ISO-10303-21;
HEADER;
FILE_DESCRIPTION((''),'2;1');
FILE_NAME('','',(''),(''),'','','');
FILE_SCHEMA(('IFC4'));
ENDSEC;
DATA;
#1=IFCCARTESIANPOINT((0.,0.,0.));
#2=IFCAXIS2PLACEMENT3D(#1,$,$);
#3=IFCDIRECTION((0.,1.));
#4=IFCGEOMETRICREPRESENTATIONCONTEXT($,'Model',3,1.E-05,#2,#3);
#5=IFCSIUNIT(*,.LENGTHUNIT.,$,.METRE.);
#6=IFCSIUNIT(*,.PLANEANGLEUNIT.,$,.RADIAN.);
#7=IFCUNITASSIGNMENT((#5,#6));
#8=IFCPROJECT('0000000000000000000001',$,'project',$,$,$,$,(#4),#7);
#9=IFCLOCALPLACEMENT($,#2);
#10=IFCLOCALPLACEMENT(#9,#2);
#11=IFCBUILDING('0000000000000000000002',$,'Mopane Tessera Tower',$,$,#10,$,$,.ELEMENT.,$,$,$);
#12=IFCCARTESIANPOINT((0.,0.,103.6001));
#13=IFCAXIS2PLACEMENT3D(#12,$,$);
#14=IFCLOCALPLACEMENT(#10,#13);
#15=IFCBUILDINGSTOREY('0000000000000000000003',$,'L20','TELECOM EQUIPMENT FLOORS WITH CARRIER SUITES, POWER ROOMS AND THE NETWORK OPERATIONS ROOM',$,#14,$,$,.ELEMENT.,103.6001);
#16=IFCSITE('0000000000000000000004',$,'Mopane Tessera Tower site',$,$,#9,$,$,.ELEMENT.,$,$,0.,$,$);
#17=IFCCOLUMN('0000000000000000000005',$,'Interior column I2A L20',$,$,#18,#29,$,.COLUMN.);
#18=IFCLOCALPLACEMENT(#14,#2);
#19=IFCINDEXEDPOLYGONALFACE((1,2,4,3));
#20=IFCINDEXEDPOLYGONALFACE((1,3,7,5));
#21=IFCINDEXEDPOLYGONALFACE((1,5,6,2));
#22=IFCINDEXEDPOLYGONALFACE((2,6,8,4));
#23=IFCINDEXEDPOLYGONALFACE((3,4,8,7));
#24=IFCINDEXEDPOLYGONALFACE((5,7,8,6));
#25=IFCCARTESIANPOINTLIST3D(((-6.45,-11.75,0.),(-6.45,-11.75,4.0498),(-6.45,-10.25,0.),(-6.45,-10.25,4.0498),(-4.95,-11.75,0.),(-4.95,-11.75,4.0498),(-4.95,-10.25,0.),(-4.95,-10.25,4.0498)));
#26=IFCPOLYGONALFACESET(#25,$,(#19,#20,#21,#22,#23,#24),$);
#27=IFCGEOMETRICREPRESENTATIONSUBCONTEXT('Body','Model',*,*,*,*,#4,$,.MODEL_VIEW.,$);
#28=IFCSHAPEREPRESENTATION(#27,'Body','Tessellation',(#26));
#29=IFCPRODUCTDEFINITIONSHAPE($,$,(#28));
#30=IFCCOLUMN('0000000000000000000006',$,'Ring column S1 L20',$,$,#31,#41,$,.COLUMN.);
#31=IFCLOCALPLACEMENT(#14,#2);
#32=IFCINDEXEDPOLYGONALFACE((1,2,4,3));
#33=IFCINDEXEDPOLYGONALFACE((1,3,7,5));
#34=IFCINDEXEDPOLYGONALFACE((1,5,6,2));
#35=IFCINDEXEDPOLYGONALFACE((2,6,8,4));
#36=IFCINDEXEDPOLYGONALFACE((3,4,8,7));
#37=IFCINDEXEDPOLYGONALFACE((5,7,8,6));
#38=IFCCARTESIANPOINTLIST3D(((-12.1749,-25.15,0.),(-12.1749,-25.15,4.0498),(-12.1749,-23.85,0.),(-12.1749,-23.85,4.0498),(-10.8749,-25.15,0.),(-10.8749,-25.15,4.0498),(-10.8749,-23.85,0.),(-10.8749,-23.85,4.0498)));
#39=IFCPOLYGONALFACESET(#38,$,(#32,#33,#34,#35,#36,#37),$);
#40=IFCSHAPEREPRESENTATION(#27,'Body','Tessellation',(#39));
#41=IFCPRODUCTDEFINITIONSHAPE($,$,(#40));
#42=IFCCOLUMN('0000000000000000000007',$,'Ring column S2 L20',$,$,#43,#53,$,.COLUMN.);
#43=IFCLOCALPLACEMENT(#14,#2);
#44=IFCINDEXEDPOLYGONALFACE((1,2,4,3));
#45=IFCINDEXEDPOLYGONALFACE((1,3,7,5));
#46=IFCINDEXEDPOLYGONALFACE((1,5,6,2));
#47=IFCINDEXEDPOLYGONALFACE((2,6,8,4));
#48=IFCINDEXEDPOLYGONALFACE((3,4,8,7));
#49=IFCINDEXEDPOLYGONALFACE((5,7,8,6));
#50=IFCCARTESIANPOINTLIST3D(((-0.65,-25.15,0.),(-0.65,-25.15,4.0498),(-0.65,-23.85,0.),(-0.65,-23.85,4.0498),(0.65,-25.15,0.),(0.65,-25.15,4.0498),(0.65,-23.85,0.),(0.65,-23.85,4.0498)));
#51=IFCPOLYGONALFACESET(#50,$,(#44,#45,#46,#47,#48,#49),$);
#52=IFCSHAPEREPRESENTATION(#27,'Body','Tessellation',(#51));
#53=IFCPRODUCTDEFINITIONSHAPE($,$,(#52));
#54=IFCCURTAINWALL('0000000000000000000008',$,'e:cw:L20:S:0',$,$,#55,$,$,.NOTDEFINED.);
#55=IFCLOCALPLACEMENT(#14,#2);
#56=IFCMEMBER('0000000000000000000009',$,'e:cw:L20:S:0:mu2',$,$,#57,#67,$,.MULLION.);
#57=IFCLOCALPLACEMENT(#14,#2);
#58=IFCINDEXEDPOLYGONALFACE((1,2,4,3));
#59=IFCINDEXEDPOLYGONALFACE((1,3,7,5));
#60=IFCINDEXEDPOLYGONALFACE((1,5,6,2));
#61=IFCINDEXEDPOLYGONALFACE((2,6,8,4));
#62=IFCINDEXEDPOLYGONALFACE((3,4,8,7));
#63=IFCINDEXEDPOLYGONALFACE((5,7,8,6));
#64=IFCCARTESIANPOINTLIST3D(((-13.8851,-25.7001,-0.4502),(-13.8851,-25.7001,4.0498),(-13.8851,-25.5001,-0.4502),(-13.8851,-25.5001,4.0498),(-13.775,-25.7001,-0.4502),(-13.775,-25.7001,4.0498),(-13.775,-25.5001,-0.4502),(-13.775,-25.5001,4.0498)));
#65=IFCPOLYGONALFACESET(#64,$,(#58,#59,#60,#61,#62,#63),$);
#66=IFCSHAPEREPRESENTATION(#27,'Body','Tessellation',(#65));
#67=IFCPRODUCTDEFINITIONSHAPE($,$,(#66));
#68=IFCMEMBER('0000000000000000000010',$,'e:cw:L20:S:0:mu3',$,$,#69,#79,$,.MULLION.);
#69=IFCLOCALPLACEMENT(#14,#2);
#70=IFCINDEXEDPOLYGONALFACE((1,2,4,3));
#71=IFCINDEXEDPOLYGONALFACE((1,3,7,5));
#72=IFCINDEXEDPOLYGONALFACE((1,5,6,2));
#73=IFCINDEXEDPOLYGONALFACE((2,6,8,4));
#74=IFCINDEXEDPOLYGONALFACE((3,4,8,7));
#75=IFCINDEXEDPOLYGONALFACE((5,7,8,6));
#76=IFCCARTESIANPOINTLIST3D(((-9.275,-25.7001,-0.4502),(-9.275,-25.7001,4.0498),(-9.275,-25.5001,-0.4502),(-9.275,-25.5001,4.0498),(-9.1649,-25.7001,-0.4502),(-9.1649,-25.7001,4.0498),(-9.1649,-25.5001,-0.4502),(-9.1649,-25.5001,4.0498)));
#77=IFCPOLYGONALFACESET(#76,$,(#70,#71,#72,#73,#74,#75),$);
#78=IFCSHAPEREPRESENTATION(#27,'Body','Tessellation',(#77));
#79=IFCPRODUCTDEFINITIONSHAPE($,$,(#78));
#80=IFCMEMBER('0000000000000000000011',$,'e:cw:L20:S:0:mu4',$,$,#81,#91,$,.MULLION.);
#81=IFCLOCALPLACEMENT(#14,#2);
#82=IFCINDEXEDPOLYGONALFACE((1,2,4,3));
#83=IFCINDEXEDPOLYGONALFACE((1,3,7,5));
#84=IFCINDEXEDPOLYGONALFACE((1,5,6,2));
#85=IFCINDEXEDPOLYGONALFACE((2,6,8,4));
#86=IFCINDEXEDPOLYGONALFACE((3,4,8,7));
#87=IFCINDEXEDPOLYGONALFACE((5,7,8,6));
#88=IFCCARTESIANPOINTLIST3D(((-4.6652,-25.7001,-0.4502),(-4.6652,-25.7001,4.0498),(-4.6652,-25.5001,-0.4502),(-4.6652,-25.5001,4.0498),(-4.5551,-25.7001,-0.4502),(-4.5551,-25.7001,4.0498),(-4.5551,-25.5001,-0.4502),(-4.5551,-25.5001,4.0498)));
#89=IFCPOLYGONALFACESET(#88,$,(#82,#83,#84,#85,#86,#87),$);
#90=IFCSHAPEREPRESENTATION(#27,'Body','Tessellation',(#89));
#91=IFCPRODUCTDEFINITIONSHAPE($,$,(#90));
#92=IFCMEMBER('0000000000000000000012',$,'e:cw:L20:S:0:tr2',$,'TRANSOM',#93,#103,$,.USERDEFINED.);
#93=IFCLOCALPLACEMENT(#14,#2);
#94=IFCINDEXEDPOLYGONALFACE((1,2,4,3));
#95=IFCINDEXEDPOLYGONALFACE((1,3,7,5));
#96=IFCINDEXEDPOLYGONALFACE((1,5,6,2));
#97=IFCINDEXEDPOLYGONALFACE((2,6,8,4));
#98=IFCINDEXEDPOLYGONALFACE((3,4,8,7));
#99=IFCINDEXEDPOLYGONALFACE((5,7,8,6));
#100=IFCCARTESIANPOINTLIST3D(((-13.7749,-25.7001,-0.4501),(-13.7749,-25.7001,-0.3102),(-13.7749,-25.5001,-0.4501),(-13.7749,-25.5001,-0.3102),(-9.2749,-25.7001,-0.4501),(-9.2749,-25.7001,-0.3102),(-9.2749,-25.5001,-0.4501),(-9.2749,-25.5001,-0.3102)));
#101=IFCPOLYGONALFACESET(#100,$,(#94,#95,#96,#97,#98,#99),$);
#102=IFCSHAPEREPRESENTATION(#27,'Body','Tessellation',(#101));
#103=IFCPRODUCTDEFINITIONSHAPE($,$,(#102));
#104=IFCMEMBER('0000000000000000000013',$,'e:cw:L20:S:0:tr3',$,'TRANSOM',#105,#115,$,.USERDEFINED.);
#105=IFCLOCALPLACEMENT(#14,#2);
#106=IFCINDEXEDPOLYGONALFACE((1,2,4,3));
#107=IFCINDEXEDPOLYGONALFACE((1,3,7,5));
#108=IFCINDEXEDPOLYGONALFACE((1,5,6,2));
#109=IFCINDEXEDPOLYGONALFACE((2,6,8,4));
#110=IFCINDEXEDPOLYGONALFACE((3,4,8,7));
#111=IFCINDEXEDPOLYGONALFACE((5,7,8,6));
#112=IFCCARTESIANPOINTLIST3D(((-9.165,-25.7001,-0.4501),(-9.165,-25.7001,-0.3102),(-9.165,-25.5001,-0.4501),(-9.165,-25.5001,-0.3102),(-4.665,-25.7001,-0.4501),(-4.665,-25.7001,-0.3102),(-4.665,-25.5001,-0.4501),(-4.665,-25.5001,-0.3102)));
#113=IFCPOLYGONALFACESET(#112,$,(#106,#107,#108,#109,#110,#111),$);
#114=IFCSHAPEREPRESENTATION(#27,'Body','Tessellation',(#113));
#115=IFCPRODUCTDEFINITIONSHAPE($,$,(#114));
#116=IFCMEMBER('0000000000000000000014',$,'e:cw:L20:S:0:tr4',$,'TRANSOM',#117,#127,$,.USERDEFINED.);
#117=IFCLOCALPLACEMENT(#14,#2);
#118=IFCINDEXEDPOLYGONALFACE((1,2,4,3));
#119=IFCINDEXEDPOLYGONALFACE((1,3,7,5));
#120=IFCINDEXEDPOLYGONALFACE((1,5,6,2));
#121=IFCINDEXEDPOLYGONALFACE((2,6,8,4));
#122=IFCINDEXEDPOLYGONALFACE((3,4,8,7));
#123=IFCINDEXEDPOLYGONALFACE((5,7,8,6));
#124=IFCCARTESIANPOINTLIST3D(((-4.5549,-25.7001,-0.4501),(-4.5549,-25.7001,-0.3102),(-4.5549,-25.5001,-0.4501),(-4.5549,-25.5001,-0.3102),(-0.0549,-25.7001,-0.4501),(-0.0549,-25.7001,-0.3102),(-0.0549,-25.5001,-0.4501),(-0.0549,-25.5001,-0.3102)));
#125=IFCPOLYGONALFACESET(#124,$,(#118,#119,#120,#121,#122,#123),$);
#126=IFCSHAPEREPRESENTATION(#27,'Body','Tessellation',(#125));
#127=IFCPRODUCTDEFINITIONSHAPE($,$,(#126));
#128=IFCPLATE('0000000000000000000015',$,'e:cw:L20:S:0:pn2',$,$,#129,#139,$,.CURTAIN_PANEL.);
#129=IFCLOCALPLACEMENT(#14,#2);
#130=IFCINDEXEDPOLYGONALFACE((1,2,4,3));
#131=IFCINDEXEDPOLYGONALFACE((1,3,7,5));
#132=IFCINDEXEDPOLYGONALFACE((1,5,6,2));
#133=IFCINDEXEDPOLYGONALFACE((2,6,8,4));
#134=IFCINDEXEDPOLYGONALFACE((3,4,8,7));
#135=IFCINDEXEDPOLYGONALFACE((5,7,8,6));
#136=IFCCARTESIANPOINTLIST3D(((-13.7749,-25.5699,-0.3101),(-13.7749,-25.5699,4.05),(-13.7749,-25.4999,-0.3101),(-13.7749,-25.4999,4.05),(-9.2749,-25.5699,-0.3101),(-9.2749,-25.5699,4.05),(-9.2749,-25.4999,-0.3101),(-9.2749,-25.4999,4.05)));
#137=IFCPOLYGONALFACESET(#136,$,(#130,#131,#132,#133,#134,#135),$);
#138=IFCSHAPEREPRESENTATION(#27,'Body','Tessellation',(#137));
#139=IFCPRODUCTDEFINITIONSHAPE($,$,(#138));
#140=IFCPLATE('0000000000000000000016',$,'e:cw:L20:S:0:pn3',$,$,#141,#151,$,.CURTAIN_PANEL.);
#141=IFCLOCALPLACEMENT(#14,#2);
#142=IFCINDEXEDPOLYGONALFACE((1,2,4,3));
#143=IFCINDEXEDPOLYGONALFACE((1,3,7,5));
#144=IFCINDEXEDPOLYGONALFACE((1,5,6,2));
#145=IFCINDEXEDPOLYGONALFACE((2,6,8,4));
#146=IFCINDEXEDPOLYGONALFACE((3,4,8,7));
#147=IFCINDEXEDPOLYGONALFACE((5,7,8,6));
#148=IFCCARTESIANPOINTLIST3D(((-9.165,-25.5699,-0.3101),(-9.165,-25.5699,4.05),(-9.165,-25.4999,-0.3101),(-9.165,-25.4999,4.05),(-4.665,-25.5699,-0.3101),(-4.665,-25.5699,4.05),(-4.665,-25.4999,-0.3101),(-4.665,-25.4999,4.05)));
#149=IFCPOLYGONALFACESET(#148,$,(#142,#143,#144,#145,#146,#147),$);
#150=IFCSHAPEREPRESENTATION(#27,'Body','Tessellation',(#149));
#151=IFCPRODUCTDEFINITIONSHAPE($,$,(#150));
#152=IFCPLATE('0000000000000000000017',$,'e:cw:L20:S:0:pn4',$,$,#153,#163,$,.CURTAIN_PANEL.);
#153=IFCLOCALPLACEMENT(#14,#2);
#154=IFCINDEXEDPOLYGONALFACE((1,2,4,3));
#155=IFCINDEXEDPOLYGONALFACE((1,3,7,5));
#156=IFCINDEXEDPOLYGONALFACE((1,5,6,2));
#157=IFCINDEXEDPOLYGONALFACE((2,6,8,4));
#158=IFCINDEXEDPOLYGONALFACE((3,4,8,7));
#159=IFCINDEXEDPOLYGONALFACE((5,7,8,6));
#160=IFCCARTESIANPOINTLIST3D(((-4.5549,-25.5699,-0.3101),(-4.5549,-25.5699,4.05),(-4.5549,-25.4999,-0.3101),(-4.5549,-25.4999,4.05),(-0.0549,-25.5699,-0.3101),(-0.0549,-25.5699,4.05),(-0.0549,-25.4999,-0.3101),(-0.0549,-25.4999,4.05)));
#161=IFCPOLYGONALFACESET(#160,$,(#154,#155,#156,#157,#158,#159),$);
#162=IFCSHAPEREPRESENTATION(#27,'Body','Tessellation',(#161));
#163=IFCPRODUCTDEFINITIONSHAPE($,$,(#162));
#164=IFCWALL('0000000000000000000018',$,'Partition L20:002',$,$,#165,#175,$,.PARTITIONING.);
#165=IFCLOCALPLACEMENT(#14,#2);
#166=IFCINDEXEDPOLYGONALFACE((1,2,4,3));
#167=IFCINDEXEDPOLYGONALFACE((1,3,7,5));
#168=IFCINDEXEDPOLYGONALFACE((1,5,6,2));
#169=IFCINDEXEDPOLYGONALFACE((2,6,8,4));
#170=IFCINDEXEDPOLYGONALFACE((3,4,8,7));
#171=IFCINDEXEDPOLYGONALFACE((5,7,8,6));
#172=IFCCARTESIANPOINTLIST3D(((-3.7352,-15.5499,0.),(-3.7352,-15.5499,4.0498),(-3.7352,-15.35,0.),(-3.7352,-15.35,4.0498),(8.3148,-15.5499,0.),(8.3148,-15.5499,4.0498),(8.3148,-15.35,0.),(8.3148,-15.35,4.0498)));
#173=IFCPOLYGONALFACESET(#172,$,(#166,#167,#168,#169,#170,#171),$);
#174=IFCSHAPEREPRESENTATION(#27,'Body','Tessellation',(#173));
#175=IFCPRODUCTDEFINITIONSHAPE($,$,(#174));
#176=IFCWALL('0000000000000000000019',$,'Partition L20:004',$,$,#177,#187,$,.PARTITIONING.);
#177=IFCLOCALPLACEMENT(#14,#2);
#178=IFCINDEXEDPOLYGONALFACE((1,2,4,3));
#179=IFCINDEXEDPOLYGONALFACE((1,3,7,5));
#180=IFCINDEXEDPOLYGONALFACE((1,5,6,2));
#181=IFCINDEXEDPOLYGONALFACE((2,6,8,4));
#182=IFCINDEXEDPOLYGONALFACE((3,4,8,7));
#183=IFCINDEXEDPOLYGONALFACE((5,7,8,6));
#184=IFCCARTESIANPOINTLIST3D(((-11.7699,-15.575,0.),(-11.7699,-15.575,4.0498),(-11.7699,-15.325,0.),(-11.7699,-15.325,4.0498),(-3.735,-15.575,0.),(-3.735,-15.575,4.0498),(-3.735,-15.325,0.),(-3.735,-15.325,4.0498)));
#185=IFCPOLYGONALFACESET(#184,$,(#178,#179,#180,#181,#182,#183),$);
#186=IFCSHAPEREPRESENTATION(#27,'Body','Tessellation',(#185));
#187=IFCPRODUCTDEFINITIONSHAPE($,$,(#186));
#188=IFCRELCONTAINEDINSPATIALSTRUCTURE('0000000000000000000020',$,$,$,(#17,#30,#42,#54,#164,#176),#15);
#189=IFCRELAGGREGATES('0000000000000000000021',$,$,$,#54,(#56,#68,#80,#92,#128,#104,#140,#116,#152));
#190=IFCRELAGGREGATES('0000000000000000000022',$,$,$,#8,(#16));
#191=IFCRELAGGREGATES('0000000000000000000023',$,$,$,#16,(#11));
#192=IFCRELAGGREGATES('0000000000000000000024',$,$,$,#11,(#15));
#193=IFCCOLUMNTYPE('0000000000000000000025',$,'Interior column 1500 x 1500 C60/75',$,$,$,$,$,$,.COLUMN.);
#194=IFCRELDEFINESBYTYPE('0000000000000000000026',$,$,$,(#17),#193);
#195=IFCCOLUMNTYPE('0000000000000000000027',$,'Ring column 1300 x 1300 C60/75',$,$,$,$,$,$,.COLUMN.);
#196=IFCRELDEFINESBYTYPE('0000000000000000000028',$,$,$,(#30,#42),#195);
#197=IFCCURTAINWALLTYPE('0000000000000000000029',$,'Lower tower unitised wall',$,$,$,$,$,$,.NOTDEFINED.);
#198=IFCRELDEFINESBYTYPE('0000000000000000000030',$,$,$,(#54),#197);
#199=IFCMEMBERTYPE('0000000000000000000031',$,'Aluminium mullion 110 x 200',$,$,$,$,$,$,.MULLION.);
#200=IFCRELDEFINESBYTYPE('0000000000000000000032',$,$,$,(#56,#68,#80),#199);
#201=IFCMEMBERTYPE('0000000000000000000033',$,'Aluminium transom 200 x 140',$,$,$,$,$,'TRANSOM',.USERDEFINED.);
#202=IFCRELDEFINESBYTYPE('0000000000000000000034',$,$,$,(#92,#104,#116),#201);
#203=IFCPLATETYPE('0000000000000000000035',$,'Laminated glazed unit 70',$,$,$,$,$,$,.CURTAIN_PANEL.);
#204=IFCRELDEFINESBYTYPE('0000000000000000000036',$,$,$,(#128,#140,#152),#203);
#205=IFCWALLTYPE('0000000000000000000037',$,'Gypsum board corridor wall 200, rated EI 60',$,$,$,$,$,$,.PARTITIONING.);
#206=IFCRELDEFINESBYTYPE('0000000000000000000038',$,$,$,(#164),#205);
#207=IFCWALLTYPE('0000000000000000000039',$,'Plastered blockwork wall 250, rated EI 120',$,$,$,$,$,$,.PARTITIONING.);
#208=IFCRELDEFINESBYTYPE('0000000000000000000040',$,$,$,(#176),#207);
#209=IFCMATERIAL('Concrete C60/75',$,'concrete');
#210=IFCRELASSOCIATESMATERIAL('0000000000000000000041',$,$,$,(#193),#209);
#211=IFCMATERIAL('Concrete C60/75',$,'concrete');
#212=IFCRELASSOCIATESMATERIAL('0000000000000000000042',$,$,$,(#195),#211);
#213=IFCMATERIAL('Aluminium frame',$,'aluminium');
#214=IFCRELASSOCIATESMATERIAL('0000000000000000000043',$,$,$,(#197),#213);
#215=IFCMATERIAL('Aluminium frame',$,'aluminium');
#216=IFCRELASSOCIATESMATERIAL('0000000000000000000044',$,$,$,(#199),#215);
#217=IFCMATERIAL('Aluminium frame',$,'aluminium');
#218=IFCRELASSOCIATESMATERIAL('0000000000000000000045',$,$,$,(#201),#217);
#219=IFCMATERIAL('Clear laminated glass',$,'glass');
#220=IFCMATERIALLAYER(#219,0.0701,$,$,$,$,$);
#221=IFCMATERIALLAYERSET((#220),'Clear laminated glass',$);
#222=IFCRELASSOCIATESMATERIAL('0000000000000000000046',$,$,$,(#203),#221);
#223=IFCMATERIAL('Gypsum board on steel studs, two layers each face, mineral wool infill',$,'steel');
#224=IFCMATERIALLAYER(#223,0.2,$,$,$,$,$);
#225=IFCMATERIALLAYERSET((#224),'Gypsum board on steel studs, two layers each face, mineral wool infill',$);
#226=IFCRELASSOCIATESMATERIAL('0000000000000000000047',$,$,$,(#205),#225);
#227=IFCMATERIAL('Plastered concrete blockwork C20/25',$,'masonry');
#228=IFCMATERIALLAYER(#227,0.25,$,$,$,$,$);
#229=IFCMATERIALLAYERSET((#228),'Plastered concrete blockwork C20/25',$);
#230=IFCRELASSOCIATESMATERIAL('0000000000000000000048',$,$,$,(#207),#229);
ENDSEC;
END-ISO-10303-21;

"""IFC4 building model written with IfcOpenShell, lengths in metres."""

from ifc_helpers import new_model, si_unit, direction, frame, frame_2d, origin, origin_2d, place, context, subcontext, project, spatial, rectangle, extrude, material, layer, layer_set, material_profile, profile_set, type_object, element, aggregate, save


model = new_model("IFC4")

# Units and contexts
model_context = context("Model", 3, precision=1e-05, world=origin(), true_north=direction((0.0, 1.0)))
body_context = subcontext(model_context, "Body", "Model", "MODEL_VIEW")
ifc_project = project(units=[si_unit("LENGTHUNIT", "METRE"), si_unit("PLANEANGLEUNIT", "RADIAN")], contexts=[model_context])

# Site, building, storey
site_placement = place(None, origin())
site = spatial("IfcSite", under=ifc_project, at=site_placement, Name="Mopane Tessera Tower site", CompositionType="ELEMENT", RefElevation=0.0)
building_placement = place(site_placement, origin())
building = spatial("IfcBuilding", under=site, at=building_placement, Name="Mopane Tessera Tower", CompositionType="ELEMENT")
storey_placement = place(building_placement, frame((0.0, 0.0, 103.6001)))
storey = spatial("IfcBuildingStorey", under=building, at=storey_placement, Name="L20", Description="TELECOM EQUIPMENT FLOORS WITH CARRIER SUITES, POWER ROOMS AND THE NETWORK OPERATIONS ROOM", CompositionType="ELEMENT", Elevation=103.6001)

# Columns
ifc_material_1 = material(Name="Concrete C60/75", Category="concrete")
ifc_material_profile_1 = material_profile(ifc_material_1, rectangle(XDim=1.5, YDim=1.5, at=origin_2d()))
ifc_profile_set_1 = profile_set([ifc_material_profile_1], Name="Concrete C60/75")
column_type_1 = type_object("IfcColumnType", Name="Interior column 1500 x 1500 C60/75", PredefinedType="COLUMN", material=ifc_profile_set_1)
column_placement = place(storey_placement, frame((-5.7, -11.0, 0.0), z_axis=(0.0, 0.0, 1.0), x_axis=(1.0, 0.0, 0.0)))
element("IfcColumn", 1, at=column_placement, inside=storey, type_object=column_type_1, Name="Interior column I2A L20", PredefinedType="COLUMN", context=body_context, shape_type="SweptSolid", body=[
    extrude(rectangle(XDim=1.5, YDim=1.5, at=origin_2d()), origin(), (0.0, 0.0, 1.0), 4.0498),
])
ifc_material_2 = material(Name="Concrete C60/75", Category="concrete")
ifc_material_profile_2 = material_profile(ifc_material_2, rectangle(XDim=1.3, YDim=1.3, at=origin_2d()))
ifc_profile_set_2 = profile_set([ifc_material_profile_2], Name="Concrete C60/75")
column_type_2 = type_object("IfcColumnType", Name="Ring column 1300 x 1300 C60/75", PredefinedType="COLUMN", material=ifc_profile_set_2)
for number, where, z_axis, x_axis, name in (
    (2, (-11.5249, -24.5, 0.0), (0.0, 0.0, 1.0), (1.0, 0.0, 0.0), "Ring column S1 L20"),
    (3, (0.0, -24.5, 0.0), (0.0, 0.0, 1.0), (1.0, 0.0, 0.0), "Ring column S2 L20"),
):
    element("IfcColumn", number, at=place(storey_placement, frame(where, z_axis=z_axis, x_axis=x_axis)), inside=storey, type_object=column_type_2, Name=name, PredefinedType="COLUMN", context=body_context, shape_type="SweptSolid", body=[
        extrude(rectangle(XDim=1.3, YDim=1.3, at=origin_2d()), origin(), (0.0, 0.0, 1.0), 4.0498),
    ])

# Curtain wall, members, plates
ifc_material_3 = material(Name="Aluminium frame", Category="aluminium")
curtain_wall_type = type_object("IfcCurtainWallType", Name="Lower tower unitised wall", PredefinedType="NOTDEFINED", material=ifc_material_3)
curtain_wall_placement = place(storey_placement, origin())
curtain_wall = element("IfcCurtainWall", 4, at=curtain_wall_placement, inside=storey, type_object=curtain_wall_type, Name="e:cw:L20:S:0", PredefinedType="NOTDEFINED")
ifc_material_4 = material(Name="Aluminium frame", Category="aluminium")
ifc_material_profile_3 = material_profile(ifc_material_4, rectangle(XDim=0.1101, YDim=0.2, at=origin_2d()))
ifc_profile_set_3 = profile_set([ifc_material_profile_3], Name="Aluminium frame")
member_type_1 = type_object("IfcMemberType", Name="Aluminium mullion 110 x 200", PredefinedType="MULLION", material=ifc_profile_set_3)
member_1_placement = place(storey_placement, frame((-13.8301, -25.6001, -0.4502), z_axis=(0.0, 0.0, 1.0), x_axis=(1.0, 0.0, 0.0)))
member_1 = element("IfcMember", 5, at=member_1_placement, type_object=member_type_1, Name="e:cw:L20:S:0:mu2", PredefinedType="MULLION", context=body_context, shape_type="SweptSolid", body=[
    extrude(rectangle(XDim=0.1101, YDim=0.2, at=origin_2d()), origin(), (0.0, 0.0, 1.0), 4.5),
])
member_2_placement = place(storey_placement, frame((-9.22, -25.6001, -0.4502), z_axis=(0.0, 0.0, 1.0), x_axis=(1.0, 0.0, 0.0)))
member_2 = element("IfcMember", 6, at=member_2_placement, type_object=member_type_1, Name="e:cw:L20:S:0:mu3", PredefinedType="MULLION", context=body_context, shape_type="SweptSolid", body=[
    extrude(rectangle(XDim=0.1101, YDim=0.2, at=origin_2d()), origin(), (0.0, 0.0, 1.0), 4.5),
])
member_3_placement = place(storey_placement, frame((-4.6101, -25.6001, -0.4502), z_axis=(0.0, 0.0, 1.0), x_axis=(1.0, 0.0, 0.0)))
member_3 = element("IfcMember", 7, at=member_3_placement, type_object=member_type_1, Name="e:cw:L20:S:0:mu4", PredefinedType="MULLION", context=body_context, shape_type="SweptSolid", body=[
    extrude(rectangle(XDim=0.1101, YDim=0.2, at=origin_2d()), origin(), (0.0, 0.0, 1.0), 4.5),
])
ifc_material_5 = material(Name="Aluminium frame", Category="aluminium")
ifc_material_profile_4 = material_profile(ifc_material_5, rectangle(XDim=0.2, YDim=0.1399, at=origin_2d()))
ifc_profile_set_4 = profile_set([ifc_material_profile_4], Name="Aluminium frame")
member_type_2 = type_object("IfcMemberType", Name="Aluminium transom 200 x 140", ElementType="TRANSOM", PredefinedType="USERDEFINED", material=ifc_profile_set_4)
member_4_placement = place(storey_placement, frame((-13.7749, -25.6001, -0.3801), z_axis=(1.0, 0.0, 0.0), x_axis=(0.0, 1.0, 0.0)))
member_4 = element("IfcMember", 8, at=member_4_placement, type_object=member_type_2, Name="e:cw:L20:S:0:tr2", ObjectType="TRANSOM", PredefinedType="USERDEFINED", context=body_context, shape_type="SweptSolid", body=[
    extrude(rectangle(XDim=0.2, YDim=0.1399, at=origin_2d()), origin(), (0.0, 0.0, 1.0), 4.5),
])
member_5_placement = place(storey_placement, frame((-9.165, -25.6001, -0.3801), z_axis=(1.0, 0.0, 0.0), x_axis=(0.0, 1.0, 0.0)))
member_5 = element("IfcMember", 9, at=member_5_placement, type_object=member_type_2, Name="e:cw:L20:S:0:tr3", ObjectType="TRANSOM", PredefinedType="USERDEFINED", context=body_context, shape_type="SweptSolid", body=[
    extrude(rectangle(XDim=0.2, YDim=0.1399, at=origin_2d()), origin(), (0.0, 0.0, 1.0), 4.5),
])
member_6_placement = place(storey_placement, frame((-4.5549, -25.6001, -0.3801), z_axis=(1.0, 0.0, 0.0), x_axis=(0.0, 1.0, 0.0)))
member_6 = element("IfcMember", 10, at=member_6_placement, type_object=member_type_2, Name="e:cw:L20:S:0:tr4", ObjectType="TRANSOM", PredefinedType="USERDEFINED", context=body_context, shape_type="SweptSolid", body=[
    extrude(rectangle(XDim=0.2, YDim=0.1399, at=origin_2d()), origin(), (0.0, 0.0, 1.0), 4.5),
])
ifc_material_6 = material(Name="Clear laminated glass", Category="glass")
ifc_layer_1 = layer(ifc_material_6, 0.0701)
ifc_layer_set_1 = layer_set([ifc_layer_1], Name="Clear laminated glass")
plate_type = type_object("IfcPlateType", Name="Laminated glazed unit 70", PredefinedType="CURTAIN_PANEL", material=ifc_layer_set_1)
plate_1_placement = place(storey_placement, frame((-11.5249, -25.5349, -0.3101), z_axis=(0.0, 0.0, 1.0), x_axis=(1.0, 0.0, 0.0)))
plate_1 = element("IfcPlate", 11, at=plate_1_placement, type_object=plate_type, Name="e:cw:L20:S:0:pn2", PredefinedType="CURTAIN_PANEL", context=body_context, shape_type="SweptSolid", body=[
    extrude(rectangle(XDim=4.5, YDim=0.0701, at=origin_2d()), origin(), (0.0, 0.0, 1.0), 4.3601),
])
plate_2_placement = place(storey_placement, frame((-6.915, -25.5349, -0.3101), z_axis=(0.0, 0.0, 1.0), x_axis=(1.0, 0.0, 0.0)))
plate_2 = element("IfcPlate", 12, at=plate_2_placement, type_object=plate_type, Name="e:cw:L20:S:0:pn3", PredefinedType="CURTAIN_PANEL", context=body_context, shape_type="SweptSolid", body=[
    extrude(rectangle(XDim=4.5, YDim=0.0701, at=origin_2d()), origin(), (0.0, 0.0, 1.0), 4.3601),
])
plate_3_placement = place(storey_placement, frame((-2.3049, -25.5349, -0.3101), z_axis=(0.0, 0.0, 1.0), x_axis=(1.0, 0.0, 0.0)))
plate_3 = element("IfcPlate", 13, at=plate_3_placement, type_object=plate_type, Name="e:cw:L20:S:0:pn4", PredefinedType="CURTAIN_PANEL", context=body_context, shape_type="SweptSolid", body=[
    extrude(rectangle(XDim=4.5, YDim=0.0701, at=origin_2d()), origin(), (0.0, 0.0, 1.0), 4.3601),
])
aggregate(curtain_wall, [member_1, member_2, member_3, member_4, plate_1, member_5, plate_2, member_6, plate_3])

# Walls
ifc_material_7 = material(Name="Gypsum board on steel studs, two layers each face, mineral wool infill", Category="steel")
ifc_layer_2 = layer(ifc_material_7, 0.2)
ifc_layer_set_2 = layer_set([ifc_layer_2], Name="Gypsum board on steel studs, two layers each face, mineral wool infill")
wall_type_1 = type_object("IfcWallType", Name="Gypsum board corridor wall 200, rated EI 60", PredefinedType="PARTITIONING", material=ifc_layer_set_2)
wall_1_placement = place(storey_placement, frame((-3.7351, -15.45, 0.0), z_axis=(0.0, 0.0, 1.0), x_axis=(1.0, 0.0, 0.0)))
element("IfcWall", 14, at=wall_1_placement, inside=storey, type_object=wall_type_1, Name="Partition L20:002", PredefinedType="PARTITIONING", context=body_context, shape_type="SweptSolid", body=[
    extrude(rectangle(XDim=12.05, YDim=0.2, at=frame_2d((6.0249, 0.0))), origin(), (0.0, 0.0, 1.0), 4.0498),
])
ifc_material_8 = material(Name="Plastered concrete blockwork C20/25", Category="masonry")
ifc_layer_3 = layer(ifc_material_8, 0.25)
ifc_layer_set_3 = layer_set([ifc_layer_3], Name="Plastered concrete blockwork C20/25")
wall_type_2 = type_object("IfcWallType", Name="Plastered blockwork wall 250, rated EI 120", PredefinedType="PARTITIONING", material=ifc_layer_set_3)
wall_2_placement = place(storey_placement, frame((-11.77, -15.45, 0.0), z_axis=(0.0, 0.0, 1.0), x_axis=(1.0, 0.0, 0.0)))
element("IfcWall", 15, at=wall_2_placement, inside=storey, type_object=wall_type_2, Name="Partition L20:004", PredefinedType="PARTITIONING", context=body_context, shape_type="SweptSolid", body=[
    extrude(rectangle(XDim=8.0349, YDim=0.25, at=frame_2d((4.0176, 0.0))), origin(), (0.0, 0.0, 1.0), 4.0498),
])

save(model, "model.ifc")
